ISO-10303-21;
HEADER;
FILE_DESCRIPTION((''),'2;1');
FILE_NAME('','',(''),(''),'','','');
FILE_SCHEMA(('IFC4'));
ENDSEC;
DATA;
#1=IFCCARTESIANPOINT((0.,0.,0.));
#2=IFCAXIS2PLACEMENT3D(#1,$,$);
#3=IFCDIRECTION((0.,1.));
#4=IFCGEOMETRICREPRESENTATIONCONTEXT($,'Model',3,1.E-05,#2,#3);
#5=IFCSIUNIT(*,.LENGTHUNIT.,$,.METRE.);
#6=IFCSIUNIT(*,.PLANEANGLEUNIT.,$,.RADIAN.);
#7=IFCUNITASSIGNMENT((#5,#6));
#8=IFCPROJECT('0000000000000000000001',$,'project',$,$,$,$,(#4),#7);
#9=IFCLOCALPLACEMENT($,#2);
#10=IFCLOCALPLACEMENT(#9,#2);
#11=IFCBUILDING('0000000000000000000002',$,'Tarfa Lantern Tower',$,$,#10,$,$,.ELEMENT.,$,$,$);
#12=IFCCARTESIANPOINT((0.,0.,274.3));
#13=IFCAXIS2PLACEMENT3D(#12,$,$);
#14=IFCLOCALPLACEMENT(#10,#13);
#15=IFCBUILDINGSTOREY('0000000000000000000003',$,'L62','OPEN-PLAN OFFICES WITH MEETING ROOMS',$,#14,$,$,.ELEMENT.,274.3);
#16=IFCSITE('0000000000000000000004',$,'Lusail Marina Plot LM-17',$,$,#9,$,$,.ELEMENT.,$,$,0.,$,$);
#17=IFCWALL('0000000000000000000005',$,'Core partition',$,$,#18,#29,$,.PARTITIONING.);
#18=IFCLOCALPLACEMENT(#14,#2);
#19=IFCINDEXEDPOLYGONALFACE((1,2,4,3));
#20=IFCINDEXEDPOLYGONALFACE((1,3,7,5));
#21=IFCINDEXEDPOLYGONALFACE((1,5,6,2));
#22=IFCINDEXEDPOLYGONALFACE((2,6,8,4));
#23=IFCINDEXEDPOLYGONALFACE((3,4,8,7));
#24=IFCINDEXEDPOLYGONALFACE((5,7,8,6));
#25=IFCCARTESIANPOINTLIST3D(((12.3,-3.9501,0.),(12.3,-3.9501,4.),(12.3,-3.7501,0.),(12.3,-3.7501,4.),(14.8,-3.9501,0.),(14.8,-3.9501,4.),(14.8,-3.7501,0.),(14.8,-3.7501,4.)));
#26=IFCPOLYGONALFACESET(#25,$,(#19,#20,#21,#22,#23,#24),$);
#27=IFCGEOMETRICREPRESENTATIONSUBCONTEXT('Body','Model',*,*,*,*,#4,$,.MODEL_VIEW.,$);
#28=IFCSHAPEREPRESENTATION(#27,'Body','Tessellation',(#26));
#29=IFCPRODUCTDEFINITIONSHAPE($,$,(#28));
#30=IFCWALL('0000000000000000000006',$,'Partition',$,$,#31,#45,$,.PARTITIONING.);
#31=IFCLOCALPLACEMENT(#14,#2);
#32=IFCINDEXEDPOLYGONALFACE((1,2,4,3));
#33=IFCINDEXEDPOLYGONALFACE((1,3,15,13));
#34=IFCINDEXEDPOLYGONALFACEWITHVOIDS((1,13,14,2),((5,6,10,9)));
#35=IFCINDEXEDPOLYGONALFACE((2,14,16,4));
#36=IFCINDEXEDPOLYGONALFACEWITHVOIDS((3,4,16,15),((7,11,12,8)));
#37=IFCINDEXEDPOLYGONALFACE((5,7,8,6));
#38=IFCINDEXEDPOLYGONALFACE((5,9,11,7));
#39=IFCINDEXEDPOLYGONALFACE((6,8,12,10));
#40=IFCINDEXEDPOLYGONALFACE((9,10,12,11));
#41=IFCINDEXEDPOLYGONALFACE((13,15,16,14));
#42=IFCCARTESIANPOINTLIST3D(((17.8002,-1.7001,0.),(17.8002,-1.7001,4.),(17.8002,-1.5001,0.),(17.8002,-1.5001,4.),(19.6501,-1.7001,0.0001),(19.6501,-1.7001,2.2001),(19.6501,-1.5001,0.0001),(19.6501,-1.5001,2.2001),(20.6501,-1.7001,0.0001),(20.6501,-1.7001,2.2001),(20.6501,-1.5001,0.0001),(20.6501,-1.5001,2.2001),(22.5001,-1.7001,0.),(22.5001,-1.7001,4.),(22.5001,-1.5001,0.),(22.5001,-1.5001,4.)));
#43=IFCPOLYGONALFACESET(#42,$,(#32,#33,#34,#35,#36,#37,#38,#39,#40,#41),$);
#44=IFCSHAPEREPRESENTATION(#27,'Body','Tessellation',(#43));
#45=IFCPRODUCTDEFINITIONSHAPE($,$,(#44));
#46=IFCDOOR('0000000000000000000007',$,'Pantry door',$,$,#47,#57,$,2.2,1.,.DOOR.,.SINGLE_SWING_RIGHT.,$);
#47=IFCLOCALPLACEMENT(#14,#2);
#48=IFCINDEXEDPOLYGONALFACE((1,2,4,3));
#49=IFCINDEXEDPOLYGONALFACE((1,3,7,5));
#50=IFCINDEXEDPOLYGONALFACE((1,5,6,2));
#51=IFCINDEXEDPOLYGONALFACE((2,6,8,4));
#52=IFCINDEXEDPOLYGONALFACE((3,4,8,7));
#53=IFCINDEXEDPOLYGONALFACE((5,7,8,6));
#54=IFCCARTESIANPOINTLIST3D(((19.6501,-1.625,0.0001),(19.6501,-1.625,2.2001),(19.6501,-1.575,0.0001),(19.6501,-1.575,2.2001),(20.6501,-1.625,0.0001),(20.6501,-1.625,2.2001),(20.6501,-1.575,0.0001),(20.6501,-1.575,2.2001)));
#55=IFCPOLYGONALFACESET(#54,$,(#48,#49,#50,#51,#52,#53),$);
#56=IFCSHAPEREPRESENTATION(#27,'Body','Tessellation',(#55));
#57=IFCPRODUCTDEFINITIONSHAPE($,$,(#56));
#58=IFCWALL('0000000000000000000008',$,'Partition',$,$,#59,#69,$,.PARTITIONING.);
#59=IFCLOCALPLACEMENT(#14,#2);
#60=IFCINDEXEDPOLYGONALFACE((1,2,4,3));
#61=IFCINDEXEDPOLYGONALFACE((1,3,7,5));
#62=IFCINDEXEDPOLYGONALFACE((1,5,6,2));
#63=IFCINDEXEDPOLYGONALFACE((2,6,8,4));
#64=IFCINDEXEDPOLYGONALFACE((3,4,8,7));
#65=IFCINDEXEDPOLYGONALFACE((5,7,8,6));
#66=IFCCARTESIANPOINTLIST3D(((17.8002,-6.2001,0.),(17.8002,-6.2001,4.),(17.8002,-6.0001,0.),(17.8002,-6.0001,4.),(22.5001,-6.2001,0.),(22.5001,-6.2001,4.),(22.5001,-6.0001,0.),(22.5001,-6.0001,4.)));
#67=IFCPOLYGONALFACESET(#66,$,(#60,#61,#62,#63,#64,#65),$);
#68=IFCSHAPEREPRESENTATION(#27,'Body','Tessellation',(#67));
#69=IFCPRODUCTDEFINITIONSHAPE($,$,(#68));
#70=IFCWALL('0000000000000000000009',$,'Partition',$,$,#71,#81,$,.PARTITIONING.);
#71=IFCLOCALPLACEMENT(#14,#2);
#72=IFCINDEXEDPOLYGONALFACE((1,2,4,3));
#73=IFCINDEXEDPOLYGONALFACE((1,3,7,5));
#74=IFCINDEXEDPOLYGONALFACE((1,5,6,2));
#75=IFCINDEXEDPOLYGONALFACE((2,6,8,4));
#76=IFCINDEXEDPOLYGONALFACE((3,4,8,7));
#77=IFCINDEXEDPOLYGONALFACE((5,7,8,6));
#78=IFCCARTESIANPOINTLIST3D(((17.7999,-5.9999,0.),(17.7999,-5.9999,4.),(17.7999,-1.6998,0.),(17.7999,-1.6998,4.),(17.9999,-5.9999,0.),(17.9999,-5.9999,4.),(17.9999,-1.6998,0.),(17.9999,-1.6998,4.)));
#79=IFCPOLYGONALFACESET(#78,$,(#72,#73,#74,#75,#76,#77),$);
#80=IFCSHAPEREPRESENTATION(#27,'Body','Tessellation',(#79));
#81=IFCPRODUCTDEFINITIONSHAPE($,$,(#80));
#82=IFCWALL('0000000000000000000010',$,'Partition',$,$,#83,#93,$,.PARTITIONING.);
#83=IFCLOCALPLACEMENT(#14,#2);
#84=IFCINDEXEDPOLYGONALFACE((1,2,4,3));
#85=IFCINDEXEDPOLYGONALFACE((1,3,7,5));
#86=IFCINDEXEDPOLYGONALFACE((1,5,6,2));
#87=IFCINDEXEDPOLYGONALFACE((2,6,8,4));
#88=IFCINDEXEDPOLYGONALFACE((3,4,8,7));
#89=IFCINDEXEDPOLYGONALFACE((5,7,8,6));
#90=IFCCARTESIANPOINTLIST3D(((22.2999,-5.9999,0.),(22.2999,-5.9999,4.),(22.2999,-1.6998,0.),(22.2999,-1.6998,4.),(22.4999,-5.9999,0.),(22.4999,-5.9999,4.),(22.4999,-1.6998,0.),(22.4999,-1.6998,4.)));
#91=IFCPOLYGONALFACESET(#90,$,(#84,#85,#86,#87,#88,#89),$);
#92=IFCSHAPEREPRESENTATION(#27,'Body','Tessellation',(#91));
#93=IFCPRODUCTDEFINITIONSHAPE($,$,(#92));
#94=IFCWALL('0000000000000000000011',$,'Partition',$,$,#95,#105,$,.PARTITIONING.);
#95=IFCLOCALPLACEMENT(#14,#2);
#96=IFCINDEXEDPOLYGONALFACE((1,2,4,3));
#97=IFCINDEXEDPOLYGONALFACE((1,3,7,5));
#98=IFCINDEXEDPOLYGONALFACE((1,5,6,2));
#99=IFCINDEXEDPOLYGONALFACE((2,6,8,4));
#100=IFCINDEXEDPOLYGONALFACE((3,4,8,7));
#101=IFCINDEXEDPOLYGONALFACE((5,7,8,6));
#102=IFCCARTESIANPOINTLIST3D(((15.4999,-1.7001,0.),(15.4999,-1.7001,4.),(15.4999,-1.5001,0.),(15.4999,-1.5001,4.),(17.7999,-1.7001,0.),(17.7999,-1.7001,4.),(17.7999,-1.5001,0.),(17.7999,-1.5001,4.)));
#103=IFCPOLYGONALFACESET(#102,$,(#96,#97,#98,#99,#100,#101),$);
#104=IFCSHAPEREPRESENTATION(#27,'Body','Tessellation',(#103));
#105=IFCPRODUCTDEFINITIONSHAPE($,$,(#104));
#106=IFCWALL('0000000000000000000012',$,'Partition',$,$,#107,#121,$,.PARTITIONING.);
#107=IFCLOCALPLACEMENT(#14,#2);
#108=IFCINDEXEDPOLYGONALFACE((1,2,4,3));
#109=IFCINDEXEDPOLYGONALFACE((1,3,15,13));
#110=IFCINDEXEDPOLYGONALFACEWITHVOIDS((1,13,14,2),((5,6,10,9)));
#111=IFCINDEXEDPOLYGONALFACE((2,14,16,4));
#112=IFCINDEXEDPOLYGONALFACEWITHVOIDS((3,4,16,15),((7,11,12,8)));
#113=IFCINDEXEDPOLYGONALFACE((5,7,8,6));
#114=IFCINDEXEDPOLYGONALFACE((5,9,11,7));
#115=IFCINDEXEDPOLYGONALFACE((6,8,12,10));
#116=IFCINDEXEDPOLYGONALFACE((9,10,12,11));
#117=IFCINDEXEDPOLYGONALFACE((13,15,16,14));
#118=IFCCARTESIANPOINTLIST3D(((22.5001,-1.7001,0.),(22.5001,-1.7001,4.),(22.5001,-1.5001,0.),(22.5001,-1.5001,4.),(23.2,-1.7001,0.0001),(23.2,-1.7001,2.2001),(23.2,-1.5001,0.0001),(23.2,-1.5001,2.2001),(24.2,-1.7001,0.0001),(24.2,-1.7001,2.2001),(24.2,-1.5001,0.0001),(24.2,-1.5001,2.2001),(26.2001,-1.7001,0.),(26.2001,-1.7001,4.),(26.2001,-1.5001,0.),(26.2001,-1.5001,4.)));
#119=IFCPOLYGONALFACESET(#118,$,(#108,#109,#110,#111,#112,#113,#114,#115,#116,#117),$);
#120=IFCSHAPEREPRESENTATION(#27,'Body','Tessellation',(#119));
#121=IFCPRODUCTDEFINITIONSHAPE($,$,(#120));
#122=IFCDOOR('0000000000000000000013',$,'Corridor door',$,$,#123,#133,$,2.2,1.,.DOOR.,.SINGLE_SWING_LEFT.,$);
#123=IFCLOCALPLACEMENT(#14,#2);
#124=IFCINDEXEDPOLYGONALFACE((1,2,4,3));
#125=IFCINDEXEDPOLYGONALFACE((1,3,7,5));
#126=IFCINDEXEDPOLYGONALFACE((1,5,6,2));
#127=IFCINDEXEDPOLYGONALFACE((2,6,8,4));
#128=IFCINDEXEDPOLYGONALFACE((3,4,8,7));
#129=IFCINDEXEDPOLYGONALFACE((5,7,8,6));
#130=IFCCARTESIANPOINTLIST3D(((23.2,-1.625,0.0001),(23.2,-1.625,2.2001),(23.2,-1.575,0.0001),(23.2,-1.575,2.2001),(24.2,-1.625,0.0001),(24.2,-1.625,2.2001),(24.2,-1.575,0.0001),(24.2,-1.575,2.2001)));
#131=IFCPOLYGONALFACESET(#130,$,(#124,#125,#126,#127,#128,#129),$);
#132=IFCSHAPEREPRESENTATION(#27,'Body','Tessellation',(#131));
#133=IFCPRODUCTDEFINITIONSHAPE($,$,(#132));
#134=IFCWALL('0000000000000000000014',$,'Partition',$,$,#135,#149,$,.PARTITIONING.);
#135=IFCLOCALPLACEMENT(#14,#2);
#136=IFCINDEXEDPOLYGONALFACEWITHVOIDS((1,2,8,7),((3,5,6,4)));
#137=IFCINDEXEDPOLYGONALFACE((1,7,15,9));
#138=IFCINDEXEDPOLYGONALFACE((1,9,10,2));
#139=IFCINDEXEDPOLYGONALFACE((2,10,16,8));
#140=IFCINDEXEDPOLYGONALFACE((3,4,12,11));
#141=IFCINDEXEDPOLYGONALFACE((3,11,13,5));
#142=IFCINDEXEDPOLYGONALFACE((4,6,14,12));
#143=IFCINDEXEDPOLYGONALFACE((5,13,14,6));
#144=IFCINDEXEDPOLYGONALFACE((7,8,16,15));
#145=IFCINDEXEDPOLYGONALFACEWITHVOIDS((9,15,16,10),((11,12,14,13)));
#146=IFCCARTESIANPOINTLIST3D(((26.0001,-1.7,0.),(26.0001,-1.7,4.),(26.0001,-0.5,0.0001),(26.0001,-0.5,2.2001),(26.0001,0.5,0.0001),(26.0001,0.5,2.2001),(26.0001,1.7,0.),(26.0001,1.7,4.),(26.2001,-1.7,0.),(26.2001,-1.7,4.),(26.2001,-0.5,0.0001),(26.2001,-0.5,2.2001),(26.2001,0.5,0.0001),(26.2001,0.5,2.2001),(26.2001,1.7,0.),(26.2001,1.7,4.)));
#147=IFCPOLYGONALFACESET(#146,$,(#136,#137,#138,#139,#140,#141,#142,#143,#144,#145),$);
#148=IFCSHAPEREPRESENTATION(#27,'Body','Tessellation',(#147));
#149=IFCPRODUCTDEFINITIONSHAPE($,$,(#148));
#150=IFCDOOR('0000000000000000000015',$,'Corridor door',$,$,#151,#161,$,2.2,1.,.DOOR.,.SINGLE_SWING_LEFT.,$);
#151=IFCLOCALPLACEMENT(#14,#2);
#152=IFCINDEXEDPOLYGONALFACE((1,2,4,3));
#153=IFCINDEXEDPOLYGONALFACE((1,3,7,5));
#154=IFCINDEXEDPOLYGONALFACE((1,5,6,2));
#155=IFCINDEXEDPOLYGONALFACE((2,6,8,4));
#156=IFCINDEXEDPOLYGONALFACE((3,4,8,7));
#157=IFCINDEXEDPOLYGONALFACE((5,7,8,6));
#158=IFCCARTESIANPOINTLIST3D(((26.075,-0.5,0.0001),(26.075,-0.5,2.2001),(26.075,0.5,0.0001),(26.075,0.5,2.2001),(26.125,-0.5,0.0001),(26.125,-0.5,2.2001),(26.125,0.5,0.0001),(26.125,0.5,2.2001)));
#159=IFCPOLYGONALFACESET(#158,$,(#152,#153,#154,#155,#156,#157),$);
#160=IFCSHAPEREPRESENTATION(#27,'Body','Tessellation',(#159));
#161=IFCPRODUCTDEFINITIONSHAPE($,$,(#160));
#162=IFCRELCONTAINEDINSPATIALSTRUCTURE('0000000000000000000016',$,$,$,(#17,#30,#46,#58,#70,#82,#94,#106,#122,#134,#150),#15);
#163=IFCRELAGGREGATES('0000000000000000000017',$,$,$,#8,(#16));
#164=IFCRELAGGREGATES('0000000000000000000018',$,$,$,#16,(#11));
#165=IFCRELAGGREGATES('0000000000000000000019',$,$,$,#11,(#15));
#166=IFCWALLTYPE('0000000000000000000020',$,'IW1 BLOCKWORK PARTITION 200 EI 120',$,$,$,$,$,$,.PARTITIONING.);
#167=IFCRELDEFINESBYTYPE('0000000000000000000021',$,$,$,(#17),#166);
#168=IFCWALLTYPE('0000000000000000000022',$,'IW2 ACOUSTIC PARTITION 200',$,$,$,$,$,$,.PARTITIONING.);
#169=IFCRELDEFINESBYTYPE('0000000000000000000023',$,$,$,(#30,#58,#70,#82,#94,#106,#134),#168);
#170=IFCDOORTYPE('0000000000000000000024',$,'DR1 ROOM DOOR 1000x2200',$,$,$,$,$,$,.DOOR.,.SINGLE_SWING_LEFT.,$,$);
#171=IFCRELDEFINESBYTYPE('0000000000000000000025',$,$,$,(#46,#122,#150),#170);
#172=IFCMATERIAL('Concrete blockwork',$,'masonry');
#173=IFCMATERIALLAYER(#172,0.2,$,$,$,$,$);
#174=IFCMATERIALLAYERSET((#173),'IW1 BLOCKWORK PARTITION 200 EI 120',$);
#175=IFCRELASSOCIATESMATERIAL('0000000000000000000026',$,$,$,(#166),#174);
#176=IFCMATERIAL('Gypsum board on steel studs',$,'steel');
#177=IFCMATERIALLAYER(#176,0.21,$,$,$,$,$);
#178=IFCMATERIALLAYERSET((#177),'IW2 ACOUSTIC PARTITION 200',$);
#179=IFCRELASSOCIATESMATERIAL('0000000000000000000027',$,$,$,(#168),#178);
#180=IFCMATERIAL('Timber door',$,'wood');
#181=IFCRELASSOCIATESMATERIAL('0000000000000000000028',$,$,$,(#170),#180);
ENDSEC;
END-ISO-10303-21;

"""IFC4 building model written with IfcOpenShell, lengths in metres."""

from ifc_helpers import new_model, si_unit, direction, frame, frame_2d, origin, place, context, subcontext, project, spatial, rectangle, extrude, material, layer, layer_set, type_object, element, fill, save


model = new_model("IFC4")

# Units and contexts
model_context = context("Model", 3, precision=1e-05, world=origin(), true_north=direction((0.0, 1.0)))
body_context = subcontext(model_context, "Body", "Model", "MODEL_VIEW")
ifc_project = project(units=[si_unit("LENGTHUNIT", "METRE"), si_unit("PLANEANGLEUNIT", "RADIAN")], contexts=[model_context])

# Site, building, storey
site_placement = place(None, origin())
site = spatial("IfcSite", under=ifc_project, at=site_placement, Name="Lusail Marina Plot LM-17", CompositionType="ELEMENT", RefElevation=0.0)
building_placement = place(site_placement, origin())
building = spatial("IfcBuilding", under=site, at=building_placement, Name="Tarfa Lantern Tower", CompositionType="ELEMENT")
storey_placement = place(building_placement, frame((0.0, 0.0, 274.3)))
storey = spatial("IfcBuildingStorey", under=building, at=storey_placement, Name="L62", Description="OPEN-PLAN OFFICES WITH MEETING ROOMS", CompositionType="ELEMENT", Elevation=274.3)

# Wall
ifc_material_1 = material(Name="Concrete blockwork", Category="masonry")
ifc_layer_1 = layer(ifc_material_1, 0.2)
ifc_layer_set_1 = layer_set([ifc_layer_1], Name="IW1 BLOCKWORK PARTITION 200 EI 120")
wall_type_1 = type_object("IfcWallType", Name="IW1 BLOCKWORK PARTITION 200 EI 120", PredefinedType="PARTITIONING", material=ifc_layer_set_1)
wall_1_placement = place(storey_placement, frame((14.8, -3.8501, 0.0), z_axis=(0.0, 0.0, 1.0), x_axis=(-1.0, 0.0, 0.0)))
element("IfcWall", 1, at=wall_1_placement, inside=storey, type_object=wall_type_1, Name="Core partition", PredefinedType="PARTITIONING", context=body_context, shape_type="SweptSolid", body=[
    extrude(rectangle(XDim=2.5, YDim=0.2, at=frame_2d((1.25, 0.0))), origin(), (0.0, 0.0, 1.0), 4.0),
])

# Wall, opening, door
ifc_material_2 = material(Name="Gypsum board on steel studs", Category="steel")
ifc_layer_2 = layer(ifc_material_2, 0.21)
ifc_layer_set_2 = layer_set([ifc_layer_2], Name="IW2 ACOUSTIC PARTITION 200")
wall_type_2 = type_object("IfcWallType", Name="IW2 ACOUSTIC PARTITION 200", PredefinedType="PARTITIONING", material=ifc_layer_set_2)
wall_2_placement = place(storey_placement, frame((17.8, -1.6001, 0.0), z_axis=(0.0, 0.0, 1.0), x_axis=(1.0, 0.0, 0.0)))
wall_2 = element("IfcWall", 2, at=wall_2_placement, inside=storey, type_object=wall_type_2, Name="Partition", PredefinedType="PARTITIONING", context=body_context, shape_type="SweptSolid", body=[
    extrude(rectangle(XDim=4.7, YDim=0.2, at=frame_2d((2.3501, 0.0))), origin(), (0.0, 0.0, 1.0), 4.0),
])
opening_1_placement = place(wall_2_placement, frame((1.8501, 0.0, 0.0)))
opening_1 = element("IfcOpeningElement", 3, at=opening_1_placement, cuts=wall_2, PredefinedType="OPENING", context=body_context, shape_type="SweptSolid", body=[
    extrude(rectangle(XDim=1.0, YDim=2.2, at=frame_2d((0.5, 1.1001))), frame((0.0, 0.1099, 0.0), z_axis=(0.0, -1.0, 0.0), x_axis=(1.0, 0.0, 0.0)), (0.0, 0.0, 1.0), 0.22),
])
ifc_material_3 = material(Name="Timber door", Category="wood")
door_type_1 = type_object("IfcDoorType", Name="DR1 ROOM DOOR 1000x2200", OperationType="SINGLE_SWING_LEFT", PredefinedType="DOOR", material=ifc_material_3)
door_1_placement = place(opening_1_placement, frame((1.0, 0.0, 0.0), z_axis=(0.0, 0.0, 1.0), x_axis=(-1.0, 0.0, 0.0)))
door_1 = element("IfcDoor", 4, at=door_1_placement, inside=storey, type_object=door_type_1, Name="Pantry door", OperationType="SINGLE_SWING_RIGHT", OverallHeight=2.2, OverallWidth=1.0, PredefinedType="DOOR", context=body_context, shape_type="SweptSolid", body=[
    extrude(rectangle(XDim=1.0, YDim=2.2, at=frame_2d((0.5, 1.1001))), frame((0.0, 0.0249, 0.0), z_axis=(0.0, -1.0, 0.0), x_axis=(1.0, 0.0, 0.0)), (0.0, 0.0, 1.0), 0.05),
])
fill(opening_1, door_1)

# Walls
wall_3_placement = place(storey_placement, frame((17.8, -6.1001, 0.0), z_axis=(0.0, 0.0, 1.0), x_axis=(1.0, 0.0, 0.0)))
element("IfcWall", 5, at=wall_3_placement, inside=storey, type_object=wall_type_2, Name="Partition", PredefinedType="PARTITIONING", context=body_context, shape_type="SweptSolid", body=[
    extrude(rectangle(XDim=4.7, YDim=0.2, at=frame_2d((2.3501, 0.0))), origin(), (0.0, 0.0, 1.0), 4.0),
])
for number, where, z_axis, x_axis, name in (
    (6, (17.8999, -1.7, 0.0), (0.0, 0.0, 1.0), (0.0, -1.0, 0.0), "Partition"),
    (7, (22.3999, -1.7, 0.0), (0.0, 0.0, 1.0), (0.0, -1.0, 0.0), "Partition"),
):
    element("IfcWall", number, at=place(storey_placement, frame(where, z_axis=z_axis, x_axis=x_axis)), inside=storey, type_object=wall_type_2, Name=name, PredefinedType="PARTITIONING", context=body_context, shape_type="SweptSolid", body=[
        extrude(rectangle(XDim=4.3, YDim=0.2, at=frame_2d((2.1499, 0.0))), origin(), (0.0, 0.0, 1.0), 4.0),
    ])
wall_4_placement = place(storey_placement, frame((15.5, -1.6001, 0.0), z_axis=(0.0, 0.0, 1.0), x_axis=(1.0, 0.0, 0.0)))
element("IfcWall", 8, at=wall_4_placement, inside=storey, type_object=wall_type_2, Name="Partition", PredefinedType="PARTITIONING", context=body_context, shape_type="SweptSolid", body=[
    extrude(rectangle(XDim=2.3, YDim=0.2, at=frame_2d((1.1499, 0.0))), origin(), (0.0, 0.0, 1.0), 4.0),
])

# Walls, openings, doors
wall_5_placement = place(storey_placement, frame((22.5, -1.6001, 0.0), z_axis=(0.0, 0.0, 1.0), x_axis=(1.0, 0.0, 0.0)))
wall_5 = element("IfcWall", 9, at=wall_5_placement, inside=storey, type_object=wall_type_2, Name="Partition", PredefinedType="PARTITIONING", context=body_context, shape_type="SweptSolid", body=[
    extrude(rectangle(XDim=3.7, YDim=0.2, at=frame_2d((1.8501, 0.0))), origin(), (0.0, 0.0, 1.0), 4.0),
])
opening_2_placement = place(wall_5_placement, frame((0.7, 0.0, 0.0)))
opening_2 = element("IfcOpeningElement", 10, at=opening_2_placement, cuts=wall_5, PredefinedType="OPENING", context=body_context, shape_type="SweptSolid", body=[
    extrude(rectangle(XDim=1.0, YDim=2.2, at=frame_2d((0.5, 1.1001))), frame((0.0, 0.1099, 0.0), z_axis=(0.0, -1.0, 0.0), x_axis=(1.0, 0.0, 0.0)), (0.0, 0.0, 1.0), 0.22),
])
door_2_placement = place(opening_2_placement, frame((1.0, 0.0, 0.0), z_axis=(0.0, 0.0, 1.0), x_axis=(-1.0, 0.0, 0.0)))
door_2 = element("IfcDoor", 11, at=door_2_placement, inside=storey, type_object=door_type_1, Name="Corridor door", OperationType="SINGLE_SWING_LEFT", OverallHeight=2.2, OverallWidth=1.0, PredefinedType="DOOR", context=body_context, shape_type="SweptSolid", body=[
    extrude(rectangle(XDim=1.0, YDim=2.2, at=frame_2d((0.5, 1.1001))), frame((0.0, 0.0249, 0.0), z_axis=(0.0, -1.0, 0.0), x_axis=(1.0, 0.0, 0.0)), (0.0, 0.0, 1.0), 0.05),
])
fill(opening_2, door_2)
wall_6_placement = place(storey_placement, frame((26.1001, -1.7, 0.0), z_axis=(0.0, 0.0, 1.0), x_axis=(0.0, 1.0, 0.0)))
wall_6 = element("IfcWall", 12, at=wall_6_placement, inside=storey, type_object=wall_type_2, Name="Partition", PredefinedType="PARTITIONING", context=body_context, shape_type="SweptSolid", body=[
    extrude(rectangle(XDim=3.3999, YDim=0.2, at=frame_2d((1.7, 0.0))), origin(), (0.0, 0.0, 1.0), 4.0),
])
opening_3_placement = place(wall_6_placement, frame((1.2, 0.0, 0.0)))
opening_3 = element("IfcOpeningElement", 13, at=opening_3_placement, cuts=wall_6, PredefinedType="OPENING", context=body_context, shape_type="SweptSolid", body=[
    extrude(rectangle(XDim=1.0, YDim=2.2, at=frame_2d((0.5, 1.1001))), frame((0.0, 0.1099, 0.0), z_axis=(0.0, -1.0, 0.0), x_axis=(1.0, 0.0, 0.0)), (0.0, 0.0, 1.0), 0.22),
])
door_3_placement = place(opening_3_placement, frame((1.0, 0.0, 0.0), z_axis=(0.0, 0.0, 1.0), x_axis=(-1.0, 0.0, 0.0)))
door_3 = element("IfcDoor", 14, at=door_3_placement, inside=storey, type_object=door_type_1, Name="Corridor door", OperationType="SINGLE_SWING_LEFT", OverallHeight=2.2, OverallWidth=1.0, PredefinedType="DOOR", context=body_context, shape_type="SweptSolid", body=[
    extrude(rectangle(XDim=1.0, YDim=2.2, at=frame_2d((0.5, 1.1001))), frame((0.0, 0.0249, 0.0), z_axis=(0.0, -1.0, 0.0), x_axis=(1.0, 0.0, 0.0)), (0.0, 0.0, 1.0), 0.05),
])
fill(opening_3, door_3)

save(model, "model.ifc")
